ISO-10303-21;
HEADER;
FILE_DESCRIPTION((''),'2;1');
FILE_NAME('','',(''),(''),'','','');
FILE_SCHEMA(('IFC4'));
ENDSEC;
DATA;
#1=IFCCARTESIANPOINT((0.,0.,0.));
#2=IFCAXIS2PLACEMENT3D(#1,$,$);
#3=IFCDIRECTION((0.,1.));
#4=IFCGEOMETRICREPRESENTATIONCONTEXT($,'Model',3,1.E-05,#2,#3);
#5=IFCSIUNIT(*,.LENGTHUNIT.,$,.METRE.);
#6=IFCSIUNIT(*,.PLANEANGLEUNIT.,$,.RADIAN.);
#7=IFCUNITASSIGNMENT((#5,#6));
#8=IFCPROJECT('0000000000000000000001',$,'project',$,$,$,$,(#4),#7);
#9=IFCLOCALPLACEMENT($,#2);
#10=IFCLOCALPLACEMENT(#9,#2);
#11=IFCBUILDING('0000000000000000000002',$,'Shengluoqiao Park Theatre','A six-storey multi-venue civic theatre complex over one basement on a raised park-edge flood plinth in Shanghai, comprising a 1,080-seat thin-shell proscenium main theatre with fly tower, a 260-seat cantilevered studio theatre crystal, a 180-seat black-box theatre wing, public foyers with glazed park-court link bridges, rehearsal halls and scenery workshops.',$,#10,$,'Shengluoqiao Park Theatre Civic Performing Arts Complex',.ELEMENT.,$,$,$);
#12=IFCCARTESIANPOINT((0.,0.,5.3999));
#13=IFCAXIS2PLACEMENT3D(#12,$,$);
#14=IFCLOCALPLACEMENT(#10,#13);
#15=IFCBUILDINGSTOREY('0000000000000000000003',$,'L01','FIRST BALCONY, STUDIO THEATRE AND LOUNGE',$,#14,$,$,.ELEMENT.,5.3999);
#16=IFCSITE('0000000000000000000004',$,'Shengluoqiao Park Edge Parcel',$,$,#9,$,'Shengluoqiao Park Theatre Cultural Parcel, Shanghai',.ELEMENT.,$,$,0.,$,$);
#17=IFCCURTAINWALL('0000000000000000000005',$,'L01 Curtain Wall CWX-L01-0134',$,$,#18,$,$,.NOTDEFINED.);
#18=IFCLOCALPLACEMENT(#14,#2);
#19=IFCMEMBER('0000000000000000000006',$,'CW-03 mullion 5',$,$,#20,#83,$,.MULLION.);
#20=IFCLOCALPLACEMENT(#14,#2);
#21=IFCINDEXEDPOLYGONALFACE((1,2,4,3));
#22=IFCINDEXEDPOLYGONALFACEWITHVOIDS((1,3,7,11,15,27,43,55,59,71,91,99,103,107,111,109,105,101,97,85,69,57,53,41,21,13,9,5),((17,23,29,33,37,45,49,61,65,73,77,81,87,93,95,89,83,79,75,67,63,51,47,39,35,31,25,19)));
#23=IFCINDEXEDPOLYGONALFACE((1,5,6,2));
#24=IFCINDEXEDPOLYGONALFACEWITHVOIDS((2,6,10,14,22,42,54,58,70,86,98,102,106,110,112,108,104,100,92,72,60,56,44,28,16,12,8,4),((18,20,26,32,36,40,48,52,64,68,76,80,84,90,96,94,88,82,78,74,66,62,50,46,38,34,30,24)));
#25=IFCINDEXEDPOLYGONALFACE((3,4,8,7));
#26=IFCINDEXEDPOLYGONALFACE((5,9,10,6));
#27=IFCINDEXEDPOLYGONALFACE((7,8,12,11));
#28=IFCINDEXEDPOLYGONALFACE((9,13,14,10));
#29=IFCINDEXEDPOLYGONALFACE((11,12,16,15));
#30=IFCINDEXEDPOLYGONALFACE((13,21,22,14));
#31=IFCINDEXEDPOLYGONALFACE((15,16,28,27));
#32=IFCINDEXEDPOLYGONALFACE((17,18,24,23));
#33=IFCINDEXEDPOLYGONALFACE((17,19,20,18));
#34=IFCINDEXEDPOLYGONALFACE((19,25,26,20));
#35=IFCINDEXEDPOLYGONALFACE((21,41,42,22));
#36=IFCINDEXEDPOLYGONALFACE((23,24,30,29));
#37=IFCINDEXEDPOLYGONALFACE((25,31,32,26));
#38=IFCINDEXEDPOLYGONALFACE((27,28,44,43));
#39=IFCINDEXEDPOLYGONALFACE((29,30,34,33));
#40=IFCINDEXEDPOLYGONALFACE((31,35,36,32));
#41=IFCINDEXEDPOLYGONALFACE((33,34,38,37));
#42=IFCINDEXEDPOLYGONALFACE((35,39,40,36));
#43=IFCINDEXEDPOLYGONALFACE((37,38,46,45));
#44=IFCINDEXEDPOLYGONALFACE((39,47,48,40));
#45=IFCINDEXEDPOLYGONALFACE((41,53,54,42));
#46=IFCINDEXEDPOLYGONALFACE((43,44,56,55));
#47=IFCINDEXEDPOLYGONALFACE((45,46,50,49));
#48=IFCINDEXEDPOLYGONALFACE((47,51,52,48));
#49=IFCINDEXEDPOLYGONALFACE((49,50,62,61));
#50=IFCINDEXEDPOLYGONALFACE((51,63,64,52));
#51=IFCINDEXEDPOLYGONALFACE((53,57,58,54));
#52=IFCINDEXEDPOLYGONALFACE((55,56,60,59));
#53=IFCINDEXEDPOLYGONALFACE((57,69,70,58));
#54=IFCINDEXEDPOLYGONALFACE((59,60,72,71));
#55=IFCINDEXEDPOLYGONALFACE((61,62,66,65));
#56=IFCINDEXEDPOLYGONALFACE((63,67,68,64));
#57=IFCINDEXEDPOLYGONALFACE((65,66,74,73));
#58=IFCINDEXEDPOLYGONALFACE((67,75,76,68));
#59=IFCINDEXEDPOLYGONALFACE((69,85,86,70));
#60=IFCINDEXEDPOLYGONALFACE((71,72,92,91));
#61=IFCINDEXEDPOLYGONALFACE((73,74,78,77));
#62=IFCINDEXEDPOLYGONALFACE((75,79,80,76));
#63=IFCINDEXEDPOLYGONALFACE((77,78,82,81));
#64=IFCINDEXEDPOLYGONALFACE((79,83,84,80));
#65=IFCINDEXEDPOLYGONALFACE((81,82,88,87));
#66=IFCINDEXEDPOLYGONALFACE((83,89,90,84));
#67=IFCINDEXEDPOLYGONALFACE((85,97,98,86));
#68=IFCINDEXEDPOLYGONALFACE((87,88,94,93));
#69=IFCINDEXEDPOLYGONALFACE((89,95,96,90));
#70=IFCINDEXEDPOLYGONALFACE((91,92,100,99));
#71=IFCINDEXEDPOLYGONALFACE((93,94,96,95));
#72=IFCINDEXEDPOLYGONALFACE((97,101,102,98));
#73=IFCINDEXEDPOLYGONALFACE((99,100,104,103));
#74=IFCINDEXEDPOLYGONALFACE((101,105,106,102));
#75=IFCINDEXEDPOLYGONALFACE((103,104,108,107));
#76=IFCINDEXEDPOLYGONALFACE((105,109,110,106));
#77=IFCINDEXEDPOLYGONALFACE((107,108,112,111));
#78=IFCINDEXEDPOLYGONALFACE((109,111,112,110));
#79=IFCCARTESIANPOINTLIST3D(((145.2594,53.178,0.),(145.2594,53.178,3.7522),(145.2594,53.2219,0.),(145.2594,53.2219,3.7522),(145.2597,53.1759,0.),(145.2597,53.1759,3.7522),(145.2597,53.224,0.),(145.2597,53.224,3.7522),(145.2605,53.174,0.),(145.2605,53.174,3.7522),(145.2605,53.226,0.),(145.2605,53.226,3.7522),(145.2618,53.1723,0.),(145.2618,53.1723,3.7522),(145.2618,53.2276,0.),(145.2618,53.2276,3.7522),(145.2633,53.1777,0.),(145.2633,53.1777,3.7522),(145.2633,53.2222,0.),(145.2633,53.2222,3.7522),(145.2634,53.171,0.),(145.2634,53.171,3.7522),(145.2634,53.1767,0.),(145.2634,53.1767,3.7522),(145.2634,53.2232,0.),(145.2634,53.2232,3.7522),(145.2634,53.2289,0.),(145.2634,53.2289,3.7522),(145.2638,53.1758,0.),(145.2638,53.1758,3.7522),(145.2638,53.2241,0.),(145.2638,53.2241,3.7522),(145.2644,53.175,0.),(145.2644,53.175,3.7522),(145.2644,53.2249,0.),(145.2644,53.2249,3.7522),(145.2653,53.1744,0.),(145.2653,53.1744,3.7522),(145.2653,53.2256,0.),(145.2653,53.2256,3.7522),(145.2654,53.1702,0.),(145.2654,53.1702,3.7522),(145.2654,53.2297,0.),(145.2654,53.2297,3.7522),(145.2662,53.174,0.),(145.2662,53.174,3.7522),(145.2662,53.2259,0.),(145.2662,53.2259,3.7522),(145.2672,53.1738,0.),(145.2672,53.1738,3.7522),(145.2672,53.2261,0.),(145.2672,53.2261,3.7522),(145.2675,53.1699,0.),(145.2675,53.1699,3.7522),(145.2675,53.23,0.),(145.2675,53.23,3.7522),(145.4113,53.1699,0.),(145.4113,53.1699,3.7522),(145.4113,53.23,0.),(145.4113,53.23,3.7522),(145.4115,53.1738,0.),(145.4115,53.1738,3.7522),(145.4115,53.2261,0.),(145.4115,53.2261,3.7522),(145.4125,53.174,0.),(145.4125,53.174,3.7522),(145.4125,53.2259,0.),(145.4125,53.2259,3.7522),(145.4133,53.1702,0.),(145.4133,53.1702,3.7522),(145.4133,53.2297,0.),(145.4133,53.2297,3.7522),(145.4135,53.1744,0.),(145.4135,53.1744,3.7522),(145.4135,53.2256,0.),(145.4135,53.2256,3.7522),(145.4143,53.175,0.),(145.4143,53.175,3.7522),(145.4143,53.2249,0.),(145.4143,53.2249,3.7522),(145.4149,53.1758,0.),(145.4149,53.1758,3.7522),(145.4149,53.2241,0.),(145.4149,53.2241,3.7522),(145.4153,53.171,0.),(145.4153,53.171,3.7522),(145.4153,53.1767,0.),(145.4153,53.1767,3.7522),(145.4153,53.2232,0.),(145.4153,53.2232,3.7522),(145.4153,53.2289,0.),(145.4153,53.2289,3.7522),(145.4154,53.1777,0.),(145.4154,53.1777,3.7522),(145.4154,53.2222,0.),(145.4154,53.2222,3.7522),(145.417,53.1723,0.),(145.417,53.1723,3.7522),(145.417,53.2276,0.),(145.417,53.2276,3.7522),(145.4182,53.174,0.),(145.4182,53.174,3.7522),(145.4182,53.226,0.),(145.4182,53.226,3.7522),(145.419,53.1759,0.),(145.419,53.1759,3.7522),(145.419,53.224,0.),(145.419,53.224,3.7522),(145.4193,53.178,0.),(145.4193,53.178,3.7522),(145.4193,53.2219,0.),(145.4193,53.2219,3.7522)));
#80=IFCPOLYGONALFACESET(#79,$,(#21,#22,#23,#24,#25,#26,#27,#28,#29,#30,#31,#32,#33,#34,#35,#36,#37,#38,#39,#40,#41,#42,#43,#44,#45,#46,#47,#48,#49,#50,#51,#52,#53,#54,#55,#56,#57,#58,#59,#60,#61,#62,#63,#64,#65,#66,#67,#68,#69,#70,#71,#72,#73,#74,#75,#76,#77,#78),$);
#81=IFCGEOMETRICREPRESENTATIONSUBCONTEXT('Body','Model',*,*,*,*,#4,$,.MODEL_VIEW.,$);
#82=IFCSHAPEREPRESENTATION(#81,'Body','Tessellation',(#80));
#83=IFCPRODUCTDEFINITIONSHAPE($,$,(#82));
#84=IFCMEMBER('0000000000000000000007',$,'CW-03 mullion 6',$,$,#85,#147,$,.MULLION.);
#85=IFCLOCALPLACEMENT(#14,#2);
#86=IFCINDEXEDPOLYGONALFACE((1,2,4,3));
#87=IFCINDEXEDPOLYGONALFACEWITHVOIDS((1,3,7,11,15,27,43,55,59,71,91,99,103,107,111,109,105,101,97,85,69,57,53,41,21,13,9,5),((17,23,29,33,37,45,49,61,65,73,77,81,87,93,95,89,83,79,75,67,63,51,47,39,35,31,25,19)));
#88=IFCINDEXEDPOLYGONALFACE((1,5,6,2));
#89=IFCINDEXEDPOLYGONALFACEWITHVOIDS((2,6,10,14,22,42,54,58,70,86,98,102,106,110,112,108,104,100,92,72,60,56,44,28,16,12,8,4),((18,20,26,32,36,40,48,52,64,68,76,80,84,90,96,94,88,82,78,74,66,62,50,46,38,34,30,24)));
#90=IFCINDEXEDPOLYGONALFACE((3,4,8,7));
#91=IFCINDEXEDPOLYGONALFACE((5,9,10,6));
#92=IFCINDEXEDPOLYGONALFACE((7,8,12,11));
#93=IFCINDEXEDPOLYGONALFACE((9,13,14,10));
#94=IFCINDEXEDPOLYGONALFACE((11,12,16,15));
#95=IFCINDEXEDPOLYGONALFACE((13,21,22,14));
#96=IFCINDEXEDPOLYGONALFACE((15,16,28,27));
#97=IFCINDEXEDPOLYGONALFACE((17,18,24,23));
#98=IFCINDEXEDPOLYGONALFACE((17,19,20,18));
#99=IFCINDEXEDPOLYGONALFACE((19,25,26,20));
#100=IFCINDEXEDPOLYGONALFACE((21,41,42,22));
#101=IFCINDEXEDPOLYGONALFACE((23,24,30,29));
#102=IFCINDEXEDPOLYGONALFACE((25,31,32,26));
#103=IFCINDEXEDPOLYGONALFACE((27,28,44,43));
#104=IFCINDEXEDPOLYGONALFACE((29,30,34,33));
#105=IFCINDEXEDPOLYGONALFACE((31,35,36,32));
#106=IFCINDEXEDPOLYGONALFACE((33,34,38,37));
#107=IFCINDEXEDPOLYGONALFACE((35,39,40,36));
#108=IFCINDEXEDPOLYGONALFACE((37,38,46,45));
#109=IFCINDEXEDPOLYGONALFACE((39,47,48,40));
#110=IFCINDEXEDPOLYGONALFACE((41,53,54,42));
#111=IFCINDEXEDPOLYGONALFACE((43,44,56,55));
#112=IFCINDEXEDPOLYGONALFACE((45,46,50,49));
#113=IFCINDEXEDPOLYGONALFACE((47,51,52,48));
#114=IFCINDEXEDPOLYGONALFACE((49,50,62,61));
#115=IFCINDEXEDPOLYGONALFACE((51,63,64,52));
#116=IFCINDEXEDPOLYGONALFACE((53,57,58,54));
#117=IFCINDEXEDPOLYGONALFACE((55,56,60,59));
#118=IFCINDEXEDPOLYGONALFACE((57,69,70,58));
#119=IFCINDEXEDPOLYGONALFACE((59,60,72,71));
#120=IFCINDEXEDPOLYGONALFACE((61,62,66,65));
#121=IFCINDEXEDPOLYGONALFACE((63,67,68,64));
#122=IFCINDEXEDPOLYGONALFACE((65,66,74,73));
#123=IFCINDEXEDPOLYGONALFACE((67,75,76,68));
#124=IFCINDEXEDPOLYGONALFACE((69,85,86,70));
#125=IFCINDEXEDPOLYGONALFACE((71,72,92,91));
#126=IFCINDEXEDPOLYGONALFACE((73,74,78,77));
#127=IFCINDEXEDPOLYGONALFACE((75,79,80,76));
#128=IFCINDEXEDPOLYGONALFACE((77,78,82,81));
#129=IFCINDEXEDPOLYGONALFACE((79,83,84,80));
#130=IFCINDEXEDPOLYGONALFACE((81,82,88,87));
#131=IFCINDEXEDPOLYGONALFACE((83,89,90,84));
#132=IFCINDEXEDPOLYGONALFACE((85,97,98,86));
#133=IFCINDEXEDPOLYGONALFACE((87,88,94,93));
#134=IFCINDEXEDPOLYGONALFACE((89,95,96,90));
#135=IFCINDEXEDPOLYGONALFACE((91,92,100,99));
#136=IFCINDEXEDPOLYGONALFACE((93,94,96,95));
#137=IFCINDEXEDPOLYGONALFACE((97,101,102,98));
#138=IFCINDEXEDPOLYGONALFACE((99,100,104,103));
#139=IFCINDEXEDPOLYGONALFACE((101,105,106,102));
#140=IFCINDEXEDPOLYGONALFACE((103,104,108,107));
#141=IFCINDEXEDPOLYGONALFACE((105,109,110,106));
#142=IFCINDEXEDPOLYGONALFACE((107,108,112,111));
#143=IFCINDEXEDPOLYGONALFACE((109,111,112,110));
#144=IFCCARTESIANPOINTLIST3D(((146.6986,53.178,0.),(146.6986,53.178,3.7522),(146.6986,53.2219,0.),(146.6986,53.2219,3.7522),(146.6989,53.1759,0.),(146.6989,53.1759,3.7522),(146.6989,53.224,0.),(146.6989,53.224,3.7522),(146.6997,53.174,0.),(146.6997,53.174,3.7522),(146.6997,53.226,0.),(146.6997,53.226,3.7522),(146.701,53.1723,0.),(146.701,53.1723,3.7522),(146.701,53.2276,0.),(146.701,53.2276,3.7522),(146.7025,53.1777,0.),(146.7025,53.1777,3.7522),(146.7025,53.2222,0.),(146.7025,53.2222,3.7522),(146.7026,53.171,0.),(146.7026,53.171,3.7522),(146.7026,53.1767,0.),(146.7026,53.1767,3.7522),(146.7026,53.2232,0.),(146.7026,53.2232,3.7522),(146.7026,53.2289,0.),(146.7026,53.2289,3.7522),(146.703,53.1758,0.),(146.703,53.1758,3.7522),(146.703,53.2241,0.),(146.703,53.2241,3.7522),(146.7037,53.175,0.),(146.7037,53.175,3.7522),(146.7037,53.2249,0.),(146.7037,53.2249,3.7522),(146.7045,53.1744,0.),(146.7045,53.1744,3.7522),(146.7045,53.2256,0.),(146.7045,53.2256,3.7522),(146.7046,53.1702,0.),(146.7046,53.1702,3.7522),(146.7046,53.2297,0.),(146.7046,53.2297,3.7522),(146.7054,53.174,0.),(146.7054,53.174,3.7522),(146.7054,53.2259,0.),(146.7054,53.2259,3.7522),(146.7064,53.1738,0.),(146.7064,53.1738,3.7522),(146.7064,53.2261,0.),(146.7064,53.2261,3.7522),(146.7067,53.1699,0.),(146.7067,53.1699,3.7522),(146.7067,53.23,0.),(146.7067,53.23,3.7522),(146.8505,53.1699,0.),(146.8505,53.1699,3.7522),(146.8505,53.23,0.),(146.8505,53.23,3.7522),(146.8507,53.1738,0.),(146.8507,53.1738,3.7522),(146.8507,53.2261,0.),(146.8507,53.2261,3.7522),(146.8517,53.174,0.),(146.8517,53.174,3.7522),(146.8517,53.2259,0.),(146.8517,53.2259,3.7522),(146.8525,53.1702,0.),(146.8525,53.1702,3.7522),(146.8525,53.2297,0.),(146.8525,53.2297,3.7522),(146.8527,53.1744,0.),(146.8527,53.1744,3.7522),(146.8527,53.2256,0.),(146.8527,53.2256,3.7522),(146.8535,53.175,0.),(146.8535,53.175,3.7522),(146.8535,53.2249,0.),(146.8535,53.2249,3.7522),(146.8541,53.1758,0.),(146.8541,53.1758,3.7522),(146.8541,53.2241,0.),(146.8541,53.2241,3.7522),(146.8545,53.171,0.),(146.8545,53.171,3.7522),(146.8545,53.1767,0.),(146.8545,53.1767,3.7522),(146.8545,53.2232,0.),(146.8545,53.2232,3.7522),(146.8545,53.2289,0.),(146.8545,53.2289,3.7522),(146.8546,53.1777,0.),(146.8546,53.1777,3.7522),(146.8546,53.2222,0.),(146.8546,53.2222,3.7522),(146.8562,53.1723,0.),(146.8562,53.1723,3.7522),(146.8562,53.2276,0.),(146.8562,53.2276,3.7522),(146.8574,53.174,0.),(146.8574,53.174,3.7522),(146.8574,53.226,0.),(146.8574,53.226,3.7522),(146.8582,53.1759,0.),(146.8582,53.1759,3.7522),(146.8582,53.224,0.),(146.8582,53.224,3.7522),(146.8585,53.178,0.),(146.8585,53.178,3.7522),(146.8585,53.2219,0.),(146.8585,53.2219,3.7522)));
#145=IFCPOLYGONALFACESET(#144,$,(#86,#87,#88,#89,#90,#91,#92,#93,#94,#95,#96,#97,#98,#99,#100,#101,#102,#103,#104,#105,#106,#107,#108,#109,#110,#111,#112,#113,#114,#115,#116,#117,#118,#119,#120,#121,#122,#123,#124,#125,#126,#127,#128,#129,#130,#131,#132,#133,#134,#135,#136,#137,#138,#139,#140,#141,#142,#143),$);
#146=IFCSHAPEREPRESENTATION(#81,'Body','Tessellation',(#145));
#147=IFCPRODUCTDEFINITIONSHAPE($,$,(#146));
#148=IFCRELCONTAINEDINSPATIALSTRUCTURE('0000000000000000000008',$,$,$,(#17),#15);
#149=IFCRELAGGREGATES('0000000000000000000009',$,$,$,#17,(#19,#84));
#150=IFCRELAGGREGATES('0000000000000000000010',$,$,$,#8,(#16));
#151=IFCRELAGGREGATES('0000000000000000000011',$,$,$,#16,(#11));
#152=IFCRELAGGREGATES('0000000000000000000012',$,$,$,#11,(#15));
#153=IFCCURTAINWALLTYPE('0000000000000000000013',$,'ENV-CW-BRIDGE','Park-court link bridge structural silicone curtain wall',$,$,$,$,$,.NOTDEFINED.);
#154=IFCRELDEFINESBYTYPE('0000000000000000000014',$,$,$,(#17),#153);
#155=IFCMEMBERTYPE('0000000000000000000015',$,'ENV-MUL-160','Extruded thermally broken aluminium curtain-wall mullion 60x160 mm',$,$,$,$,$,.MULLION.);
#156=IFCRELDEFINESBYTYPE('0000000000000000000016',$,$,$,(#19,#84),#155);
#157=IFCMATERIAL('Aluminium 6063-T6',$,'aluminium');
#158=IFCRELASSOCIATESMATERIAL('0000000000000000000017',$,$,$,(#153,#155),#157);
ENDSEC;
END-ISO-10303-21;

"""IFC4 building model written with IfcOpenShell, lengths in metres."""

from ifc_helpers import new_model, si_unit, direction, frame, origin, origin_2d, place, context, subcontext, project, spatial, hollow_rectangle, extrude, material, material_profile, profile_set, type_object, element, aggregate, save


model = new_model("IFC4")

# Units and contexts
model_context = context("Model", 3, precision=1e-05, world=origin(), true_north=direction((0.0, 1.0)))
body_context = subcontext(model_context, "Body", "Model", "MODEL_VIEW")
ifc_project = project(units=[si_unit("LENGTHUNIT", "METRE"), si_unit("PLANEANGLEUNIT", "RADIAN")], contexts=[model_context])

# Site, building, storey
site_placement = place(None, origin())
site = spatial("IfcSite", under=ifc_project, at=site_placement, Name="Shengluoqiao Park Edge Parcel", LongName="Shengluoqiao Park Theatre Cultural Parcel, Shanghai", CompositionType="ELEMENT", RefElevation=0.0)
building_placement = place(site_placement, origin())
building = spatial("IfcBuilding", under=site, at=building_placement, Name="Shengluoqiao Park Theatre", Description="A six-storey multi-venue civic theatre complex over one basement on a raised park-edge flood plinth in Shanghai, comprising a 1,080-seat thin-shell proscenium main theatre with fly tower, a 260-seat cantilevered studio theatre crystal, a 180-seat black-box theatre wing, public foyers with glazed park-court link bridges, rehearsal halls and scenery workshops.", LongName="Shengluoqiao Park Theatre Civic Performing Arts Complex", CompositionType="ELEMENT")
storey_placement = place(building_placement, frame((0.0, 0.0, 5.3999)))
storey = spatial("IfcBuildingStorey", under=building, at=storey_placement, Name="L01", Description="FIRST BALCONY, STUDIO THEATRE AND LOUNGE", CompositionType="ELEMENT", Elevation=5.3999)

# Curtain wall, members
ifc_material_1 = material(Name="Aluminium 6063-T6", Category="aluminium")
curtain_wall_type = type_object("IfcCurtainWallType", Name="ENV-CW-BRIDGE", Description="Park-court link bridge structural silicone curtain wall", PredefinedType="NOTDEFINED", material=ifc_material_1)
curtain_wall_1_placement = place(storey_placement, origin())
curtain_wall_1 = element("IfcCurtainWall", 1, at=curtain_wall_1_placement, inside=storey, type_object=curtain_wall_type, Name="L01 Curtain Wall CWX-L01-0134", PredefinedType="NOTDEFINED")
ifc_material_profile_1 = material_profile(ifc_material_1, hollow_rectangle(XDim=0.0601, YDim=0.1599, WallThickness=0.0039, InnerFilletRadius=0.0039, OuterFilletRadius=0.0081, at=origin_2d()), Name="ALU MULLION 160x60x4")
ifc_profile_set_1 = profile_set([ifc_material_profile_1], Name="Aluminium 6063-T6")
member_type_1 = type_object("IfcMemberType", Name="ENV-MUL-160", Description="Extruded thermally broken aluminium curtain-wall mullion 60x160 mm", PredefinedType="MULLION", material=ifc_profile_set_1)
member_1_placement = place(storey_placement, frame((145.3394, 53.2, 0.0), z_axis=(0.0, 0.0, 1.0), x_axis=(0.0, 1.0, 0.0)))
member_1 = element("IfcMember", 2, at=member_1_placement, type_object=member_type_1, Name="CW-03 mullion 5", PredefinedType="MULLION", context=body_context, shape_type="SweptSolid", body=[
    extrude(hollow_rectangle(XDim=0.0601, YDim=0.1599, WallThickness=0.0039, InnerFilletRadius=0.0039, OuterFilletRadius=0.0081, at=origin_2d()), origin(), (0.0, 0.0, 1.0), 3.7522),
])
member_2_placement = place(storey_placement, frame((146.7786, 53.2, 0.0), z_axis=(0.0, 0.0, 1.0), x_axis=(0.0, 1.0, 0.0)))
member_2 = element("IfcMember", 3, at=member_2_placement, type_object=member_type_1, Name="CW-03 mullion 6", PredefinedType="MULLION", context=body_context, shape_type="SweptSolid", body=[
    extrude(hollow_rectangle(XDim=0.0601, YDim=0.1599, WallThickness=0.0039, InnerFilletRadius=0.0039, OuterFilletRadius=0.0081, at=origin_2d()), origin(), (0.0, 0.0, 1.0), 3.7522),
])

aggregate(curtain_wall_1, [member_1, member_2])

save(model, "model.ifc")
